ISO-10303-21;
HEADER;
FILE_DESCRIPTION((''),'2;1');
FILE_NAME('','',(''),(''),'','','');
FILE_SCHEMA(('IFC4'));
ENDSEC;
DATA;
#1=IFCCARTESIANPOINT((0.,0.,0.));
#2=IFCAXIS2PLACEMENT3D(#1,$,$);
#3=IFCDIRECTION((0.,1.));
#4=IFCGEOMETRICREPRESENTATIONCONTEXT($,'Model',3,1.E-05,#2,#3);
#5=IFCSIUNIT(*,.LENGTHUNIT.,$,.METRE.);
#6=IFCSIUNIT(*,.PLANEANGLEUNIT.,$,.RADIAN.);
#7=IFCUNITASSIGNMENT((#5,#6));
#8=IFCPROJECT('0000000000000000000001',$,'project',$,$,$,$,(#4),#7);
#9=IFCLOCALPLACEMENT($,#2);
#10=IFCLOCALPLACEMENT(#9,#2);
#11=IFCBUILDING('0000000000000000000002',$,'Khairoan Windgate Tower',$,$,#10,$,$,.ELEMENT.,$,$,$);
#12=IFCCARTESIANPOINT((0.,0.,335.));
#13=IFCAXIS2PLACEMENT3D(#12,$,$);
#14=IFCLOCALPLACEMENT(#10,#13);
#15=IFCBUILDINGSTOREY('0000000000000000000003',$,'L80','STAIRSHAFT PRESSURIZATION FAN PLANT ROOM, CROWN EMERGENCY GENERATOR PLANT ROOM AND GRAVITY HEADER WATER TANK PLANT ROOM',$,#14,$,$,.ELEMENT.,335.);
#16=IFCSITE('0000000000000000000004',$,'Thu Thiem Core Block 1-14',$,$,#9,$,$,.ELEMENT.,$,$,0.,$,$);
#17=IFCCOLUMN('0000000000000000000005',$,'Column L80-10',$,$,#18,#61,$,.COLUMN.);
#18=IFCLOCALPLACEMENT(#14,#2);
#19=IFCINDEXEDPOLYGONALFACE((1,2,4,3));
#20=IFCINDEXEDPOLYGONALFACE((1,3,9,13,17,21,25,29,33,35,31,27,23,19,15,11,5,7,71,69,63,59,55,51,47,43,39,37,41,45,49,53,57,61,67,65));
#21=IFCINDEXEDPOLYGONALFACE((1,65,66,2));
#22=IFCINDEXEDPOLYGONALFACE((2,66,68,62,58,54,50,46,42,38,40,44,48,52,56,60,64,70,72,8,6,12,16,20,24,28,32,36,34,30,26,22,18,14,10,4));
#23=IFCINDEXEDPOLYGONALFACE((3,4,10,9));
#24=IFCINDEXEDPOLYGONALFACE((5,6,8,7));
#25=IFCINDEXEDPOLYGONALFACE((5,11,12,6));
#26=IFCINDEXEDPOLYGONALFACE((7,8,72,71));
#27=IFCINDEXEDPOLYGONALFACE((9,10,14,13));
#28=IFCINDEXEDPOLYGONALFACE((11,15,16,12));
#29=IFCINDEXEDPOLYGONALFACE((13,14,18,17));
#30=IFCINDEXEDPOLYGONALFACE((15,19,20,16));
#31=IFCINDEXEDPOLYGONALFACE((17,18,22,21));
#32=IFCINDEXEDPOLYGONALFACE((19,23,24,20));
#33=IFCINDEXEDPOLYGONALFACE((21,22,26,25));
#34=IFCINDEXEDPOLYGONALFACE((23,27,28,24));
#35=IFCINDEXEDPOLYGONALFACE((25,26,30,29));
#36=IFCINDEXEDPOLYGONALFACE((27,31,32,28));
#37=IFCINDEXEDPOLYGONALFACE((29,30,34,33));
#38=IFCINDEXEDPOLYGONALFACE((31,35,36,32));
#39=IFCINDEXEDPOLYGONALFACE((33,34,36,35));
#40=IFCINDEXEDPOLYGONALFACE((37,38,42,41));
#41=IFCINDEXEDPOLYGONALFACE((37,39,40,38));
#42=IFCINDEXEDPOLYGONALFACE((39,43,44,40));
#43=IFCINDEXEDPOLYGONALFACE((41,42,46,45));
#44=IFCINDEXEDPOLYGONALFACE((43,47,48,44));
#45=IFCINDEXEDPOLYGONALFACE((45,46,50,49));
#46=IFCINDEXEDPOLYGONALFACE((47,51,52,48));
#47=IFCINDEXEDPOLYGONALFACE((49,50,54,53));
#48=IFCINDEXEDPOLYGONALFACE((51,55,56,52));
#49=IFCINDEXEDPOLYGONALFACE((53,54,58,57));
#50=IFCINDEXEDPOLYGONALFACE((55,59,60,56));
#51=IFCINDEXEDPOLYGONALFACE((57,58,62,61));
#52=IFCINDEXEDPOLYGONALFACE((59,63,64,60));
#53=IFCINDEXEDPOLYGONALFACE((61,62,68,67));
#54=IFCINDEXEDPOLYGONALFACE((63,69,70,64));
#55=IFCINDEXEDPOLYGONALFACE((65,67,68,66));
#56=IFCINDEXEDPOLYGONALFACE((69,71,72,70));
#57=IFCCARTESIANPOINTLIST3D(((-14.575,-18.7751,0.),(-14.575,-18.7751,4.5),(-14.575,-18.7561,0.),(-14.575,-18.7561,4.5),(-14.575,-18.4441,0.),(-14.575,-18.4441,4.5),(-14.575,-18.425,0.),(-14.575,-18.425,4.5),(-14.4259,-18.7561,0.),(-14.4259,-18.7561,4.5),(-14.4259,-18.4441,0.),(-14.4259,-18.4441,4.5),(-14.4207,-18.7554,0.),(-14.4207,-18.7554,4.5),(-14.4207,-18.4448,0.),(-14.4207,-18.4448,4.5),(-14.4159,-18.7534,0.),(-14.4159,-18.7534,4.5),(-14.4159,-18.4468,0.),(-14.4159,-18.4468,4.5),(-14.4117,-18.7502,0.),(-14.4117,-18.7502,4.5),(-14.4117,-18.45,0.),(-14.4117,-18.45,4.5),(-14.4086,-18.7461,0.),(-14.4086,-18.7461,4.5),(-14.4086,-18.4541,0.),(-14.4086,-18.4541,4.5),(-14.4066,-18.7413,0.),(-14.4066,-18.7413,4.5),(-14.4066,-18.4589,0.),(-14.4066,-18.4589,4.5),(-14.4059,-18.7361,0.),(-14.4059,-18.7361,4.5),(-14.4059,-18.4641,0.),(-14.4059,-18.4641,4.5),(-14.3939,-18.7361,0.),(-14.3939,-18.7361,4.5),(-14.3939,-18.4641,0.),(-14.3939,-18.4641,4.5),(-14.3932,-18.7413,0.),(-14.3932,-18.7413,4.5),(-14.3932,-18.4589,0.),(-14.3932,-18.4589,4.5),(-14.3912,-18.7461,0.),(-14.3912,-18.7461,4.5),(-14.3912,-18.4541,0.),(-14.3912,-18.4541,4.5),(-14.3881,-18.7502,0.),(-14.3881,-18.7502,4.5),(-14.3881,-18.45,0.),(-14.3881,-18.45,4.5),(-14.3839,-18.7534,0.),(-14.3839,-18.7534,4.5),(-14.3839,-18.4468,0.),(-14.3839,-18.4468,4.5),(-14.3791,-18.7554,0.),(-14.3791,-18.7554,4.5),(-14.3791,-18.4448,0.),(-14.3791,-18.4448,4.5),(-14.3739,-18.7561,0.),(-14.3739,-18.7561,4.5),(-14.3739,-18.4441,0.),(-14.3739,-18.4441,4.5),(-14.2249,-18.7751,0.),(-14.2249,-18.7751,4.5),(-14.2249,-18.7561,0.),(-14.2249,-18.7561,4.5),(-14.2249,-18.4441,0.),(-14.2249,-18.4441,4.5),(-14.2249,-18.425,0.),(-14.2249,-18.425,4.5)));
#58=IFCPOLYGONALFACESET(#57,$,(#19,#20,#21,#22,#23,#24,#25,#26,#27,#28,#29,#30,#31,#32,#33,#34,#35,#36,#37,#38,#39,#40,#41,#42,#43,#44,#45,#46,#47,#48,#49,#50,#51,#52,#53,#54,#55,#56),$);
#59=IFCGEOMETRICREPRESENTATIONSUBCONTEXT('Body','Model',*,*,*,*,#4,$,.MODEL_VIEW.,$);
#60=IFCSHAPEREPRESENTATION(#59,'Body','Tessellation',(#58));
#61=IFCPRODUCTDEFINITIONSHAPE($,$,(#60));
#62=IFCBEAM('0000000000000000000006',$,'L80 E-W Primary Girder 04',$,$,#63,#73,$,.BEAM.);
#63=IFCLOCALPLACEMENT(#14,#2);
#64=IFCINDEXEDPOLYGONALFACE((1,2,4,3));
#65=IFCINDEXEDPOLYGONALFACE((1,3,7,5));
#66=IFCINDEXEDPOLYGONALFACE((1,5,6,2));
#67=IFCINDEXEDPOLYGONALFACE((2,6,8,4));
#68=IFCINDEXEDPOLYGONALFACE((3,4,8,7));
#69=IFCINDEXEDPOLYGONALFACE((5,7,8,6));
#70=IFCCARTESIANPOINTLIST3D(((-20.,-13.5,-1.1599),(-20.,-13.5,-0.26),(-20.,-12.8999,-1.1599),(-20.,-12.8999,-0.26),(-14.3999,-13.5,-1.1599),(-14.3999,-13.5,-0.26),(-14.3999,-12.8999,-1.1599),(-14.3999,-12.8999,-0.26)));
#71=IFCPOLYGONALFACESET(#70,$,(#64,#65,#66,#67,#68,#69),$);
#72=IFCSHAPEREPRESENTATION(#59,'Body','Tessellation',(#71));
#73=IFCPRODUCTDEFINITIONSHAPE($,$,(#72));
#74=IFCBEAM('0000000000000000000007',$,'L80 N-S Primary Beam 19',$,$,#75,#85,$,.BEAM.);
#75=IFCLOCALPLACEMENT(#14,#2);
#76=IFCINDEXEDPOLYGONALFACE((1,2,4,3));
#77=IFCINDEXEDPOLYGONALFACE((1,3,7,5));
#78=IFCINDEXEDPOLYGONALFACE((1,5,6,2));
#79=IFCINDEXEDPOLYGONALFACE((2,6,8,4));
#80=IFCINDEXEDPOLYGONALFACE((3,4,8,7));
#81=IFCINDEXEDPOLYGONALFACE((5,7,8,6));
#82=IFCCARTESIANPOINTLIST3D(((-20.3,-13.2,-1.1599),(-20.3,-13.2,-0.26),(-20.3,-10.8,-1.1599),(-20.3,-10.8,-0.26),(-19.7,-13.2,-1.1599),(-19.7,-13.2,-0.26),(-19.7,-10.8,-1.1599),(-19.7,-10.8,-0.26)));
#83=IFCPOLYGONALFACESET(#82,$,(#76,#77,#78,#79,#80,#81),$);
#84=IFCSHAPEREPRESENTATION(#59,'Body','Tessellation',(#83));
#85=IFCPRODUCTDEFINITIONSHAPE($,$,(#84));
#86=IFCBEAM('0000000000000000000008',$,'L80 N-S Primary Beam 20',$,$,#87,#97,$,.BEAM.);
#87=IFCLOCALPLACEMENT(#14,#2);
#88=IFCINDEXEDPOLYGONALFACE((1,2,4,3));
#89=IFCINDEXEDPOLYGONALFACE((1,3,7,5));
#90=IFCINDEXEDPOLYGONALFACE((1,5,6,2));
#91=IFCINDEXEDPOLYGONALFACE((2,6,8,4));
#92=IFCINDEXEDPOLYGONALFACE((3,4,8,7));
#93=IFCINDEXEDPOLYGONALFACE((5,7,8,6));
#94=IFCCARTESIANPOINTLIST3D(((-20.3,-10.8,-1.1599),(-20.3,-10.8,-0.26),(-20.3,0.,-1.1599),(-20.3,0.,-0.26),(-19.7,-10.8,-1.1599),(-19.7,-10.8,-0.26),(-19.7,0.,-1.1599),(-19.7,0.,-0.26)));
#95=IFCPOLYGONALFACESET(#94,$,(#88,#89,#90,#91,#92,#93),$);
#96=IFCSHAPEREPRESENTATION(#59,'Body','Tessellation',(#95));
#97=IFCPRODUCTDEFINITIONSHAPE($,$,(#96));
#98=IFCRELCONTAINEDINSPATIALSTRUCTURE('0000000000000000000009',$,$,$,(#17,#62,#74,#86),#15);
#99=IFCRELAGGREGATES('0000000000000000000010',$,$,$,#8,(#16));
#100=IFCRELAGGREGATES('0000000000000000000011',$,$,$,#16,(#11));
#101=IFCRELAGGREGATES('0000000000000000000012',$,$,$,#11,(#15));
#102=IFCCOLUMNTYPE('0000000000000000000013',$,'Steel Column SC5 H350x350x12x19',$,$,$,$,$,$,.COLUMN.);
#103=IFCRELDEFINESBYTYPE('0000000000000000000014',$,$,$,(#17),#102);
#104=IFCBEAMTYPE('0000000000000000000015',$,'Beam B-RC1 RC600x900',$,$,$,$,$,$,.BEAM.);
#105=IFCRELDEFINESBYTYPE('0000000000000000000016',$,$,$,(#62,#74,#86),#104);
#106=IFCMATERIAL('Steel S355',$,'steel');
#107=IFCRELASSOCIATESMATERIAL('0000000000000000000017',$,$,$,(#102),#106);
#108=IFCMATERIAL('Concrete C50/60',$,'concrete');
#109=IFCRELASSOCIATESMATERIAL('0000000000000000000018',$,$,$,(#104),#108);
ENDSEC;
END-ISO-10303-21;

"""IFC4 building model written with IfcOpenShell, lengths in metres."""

from ifc_helpers import new_model, si_unit, direction, frame, origin, origin_2d, place, context, subcontext, project, spatial, rectangle, i_section, extrude, material, material_profile, profile_set, type_object, element, save


model = new_model("IFC4")

# Units and contexts
model_context = context("Model", 3, precision=1e-05, world=origin(), true_north=direction((0.0, 1.0)))
body_context = subcontext(model_context, "Body", "Model", "MODEL_VIEW")
ifc_project = project(units=[si_unit("LENGTHUNIT", "METRE"), si_unit("PLANEANGLEUNIT", "RADIAN")], contexts=[model_context])

# Site, building, storey
site_placement = place(None, origin())
site = spatial("IfcSite", under=ifc_project, at=site_placement, Name="Thu Thiem Core Block 1-14", CompositionType="ELEMENT", RefElevation=0.0)
building_placement = place(site_placement, origin())
building = spatial("IfcBuilding", under=site, at=building_placement, Name="Khairoan Windgate Tower", CompositionType="ELEMENT")
storey_placement = place(building_placement, frame((0.0, 0.0, 335.0)))
storey = spatial("IfcBuildingStorey", under=building, at=storey_placement, Name="L80", Description="STAIRSHAFT PRESSURIZATION FAN PLANT ROOM, CROWN EMERGENCY GENERATOR PLANT ROOM AND GRAVITY HEADER WATER TANK PLANT ROOM", CompositionType="ELEMENT", Elevation=335.0)

# Column
ifc_material_1 = material(Name="Steel S355", Category="steel")
ifc_material_profile_1 = material_profile(ifc_material_1, i_section(OverallWidth=0.3501, OverallDepth=0.3501, WebThickness=0.012, FlangeThickness=0.019, FilletRadius=0.02, at=origin_2d()))
ifc_profile_set_1 = profile_set([ifc_material_profile_1], Name="Steel S355")
column_type = type_object("IfcColumnType", Name="Steel Column SC5 H350x350x12x19", PredefinedType="COLUMN", material=ifc_profile_set_1)
column_placement = place(storey_placement, frame((-14.3999, -18.6001, 0.0), z_axis=(0.0, 0.0, 1.0), x_axis=(1.0, 0.0, 0.0)))
element("IfcColumn", 1, at=column_placement, inside=storey, type_object=column_type, Name="Column L80-10", PredefinedType="COLUMN", context=body_context, shape_type="SweptSolid", body=[
    extrude(i_section(OverallWidth=0.3501, OverallDepth=0.3501, WebThickness=0.012, FlangeThickness=0.019, FilletRadius=0.02, at=origin_2d()), origin(), (0.0, 0.0, 1.0), 4.5),
])

# Beams
ifc_material_2 = material(Name="Concrete C50/60", Category="concrete")
ifc_material_profile_2 = material_profile(ifc_material_2, rectangle(XDim=0.6001, YDim=0.8999, at=origin_2d()))
ifc_profile_set_2 = profile_set([ifc_material_profile_2], Name="Concrete C50/60")
beam_type = type_object("IfcBeamType", Name="Beam B-RC1 RC600x900", PredefinedType="BEAM", material=ifc_profile_set_2)
beam_1_placement = place(storey_placement, frame((-20.0, -13.2, -0.71), z_axis=(1.0, 0.0, 0.0), x_axis=(0.0, 1.0, 0.0)))
element("IfcBeam", 2, at=beam_1_placement, inside=storey, type_object=beam_type, Name="L80 E-W Primary Girder 04", PredefinedType="BEAM", context=body_context, shape_type="SweptSolid", body=[
    extrude(rectangle(XDim=0.6001, YDim=0.8999, at=origin_2d()), origin(), (0.0, 0.0, 1.0), 5.6001),
])
beam_2_placement = place(storey_placement, frame((-20.0, -13.2, -0.71), z_axis=(0.0, 1.0, 0.0), x_axis=(-1.0, 0.0, 0.0)))
element("IfcBeam", 3, at=beam_2_placement, inside=storey, type_object=beam_type, Name="L80 N-S Primary Beam 19", PredefinedType="BEAM", context=body_context, shape_type="SweptSolid", body=[
    extrude(rectangle(XDim=0.6001, YDim=0.8999, at=origin_2d()), origin(), (0.0, 0.0, 1.0), 2.3999),
])
beam_3_placement = place(storey_placement, frame((-20.0, -10.8, -0.71), z_axis=(0.0, 1.0, 0.0), x_axis=(-1.0, 0.0, 0.0)))
element("IfcBeam", 4, at=beam_3_placement, inside=storey, type_object=beam_type, Name="L80 N-S Primary Beam 20", PredefinedType="BEAM", context=body_context, shape_type="SweptSolid", body=[
    extrude(rectangle(XDim=0.6001, YDim=0.8999, at=origin_2d()), origin(), (0.0, 0.0, 1.0), 10.8),
])

save(model, "model.ifc")
